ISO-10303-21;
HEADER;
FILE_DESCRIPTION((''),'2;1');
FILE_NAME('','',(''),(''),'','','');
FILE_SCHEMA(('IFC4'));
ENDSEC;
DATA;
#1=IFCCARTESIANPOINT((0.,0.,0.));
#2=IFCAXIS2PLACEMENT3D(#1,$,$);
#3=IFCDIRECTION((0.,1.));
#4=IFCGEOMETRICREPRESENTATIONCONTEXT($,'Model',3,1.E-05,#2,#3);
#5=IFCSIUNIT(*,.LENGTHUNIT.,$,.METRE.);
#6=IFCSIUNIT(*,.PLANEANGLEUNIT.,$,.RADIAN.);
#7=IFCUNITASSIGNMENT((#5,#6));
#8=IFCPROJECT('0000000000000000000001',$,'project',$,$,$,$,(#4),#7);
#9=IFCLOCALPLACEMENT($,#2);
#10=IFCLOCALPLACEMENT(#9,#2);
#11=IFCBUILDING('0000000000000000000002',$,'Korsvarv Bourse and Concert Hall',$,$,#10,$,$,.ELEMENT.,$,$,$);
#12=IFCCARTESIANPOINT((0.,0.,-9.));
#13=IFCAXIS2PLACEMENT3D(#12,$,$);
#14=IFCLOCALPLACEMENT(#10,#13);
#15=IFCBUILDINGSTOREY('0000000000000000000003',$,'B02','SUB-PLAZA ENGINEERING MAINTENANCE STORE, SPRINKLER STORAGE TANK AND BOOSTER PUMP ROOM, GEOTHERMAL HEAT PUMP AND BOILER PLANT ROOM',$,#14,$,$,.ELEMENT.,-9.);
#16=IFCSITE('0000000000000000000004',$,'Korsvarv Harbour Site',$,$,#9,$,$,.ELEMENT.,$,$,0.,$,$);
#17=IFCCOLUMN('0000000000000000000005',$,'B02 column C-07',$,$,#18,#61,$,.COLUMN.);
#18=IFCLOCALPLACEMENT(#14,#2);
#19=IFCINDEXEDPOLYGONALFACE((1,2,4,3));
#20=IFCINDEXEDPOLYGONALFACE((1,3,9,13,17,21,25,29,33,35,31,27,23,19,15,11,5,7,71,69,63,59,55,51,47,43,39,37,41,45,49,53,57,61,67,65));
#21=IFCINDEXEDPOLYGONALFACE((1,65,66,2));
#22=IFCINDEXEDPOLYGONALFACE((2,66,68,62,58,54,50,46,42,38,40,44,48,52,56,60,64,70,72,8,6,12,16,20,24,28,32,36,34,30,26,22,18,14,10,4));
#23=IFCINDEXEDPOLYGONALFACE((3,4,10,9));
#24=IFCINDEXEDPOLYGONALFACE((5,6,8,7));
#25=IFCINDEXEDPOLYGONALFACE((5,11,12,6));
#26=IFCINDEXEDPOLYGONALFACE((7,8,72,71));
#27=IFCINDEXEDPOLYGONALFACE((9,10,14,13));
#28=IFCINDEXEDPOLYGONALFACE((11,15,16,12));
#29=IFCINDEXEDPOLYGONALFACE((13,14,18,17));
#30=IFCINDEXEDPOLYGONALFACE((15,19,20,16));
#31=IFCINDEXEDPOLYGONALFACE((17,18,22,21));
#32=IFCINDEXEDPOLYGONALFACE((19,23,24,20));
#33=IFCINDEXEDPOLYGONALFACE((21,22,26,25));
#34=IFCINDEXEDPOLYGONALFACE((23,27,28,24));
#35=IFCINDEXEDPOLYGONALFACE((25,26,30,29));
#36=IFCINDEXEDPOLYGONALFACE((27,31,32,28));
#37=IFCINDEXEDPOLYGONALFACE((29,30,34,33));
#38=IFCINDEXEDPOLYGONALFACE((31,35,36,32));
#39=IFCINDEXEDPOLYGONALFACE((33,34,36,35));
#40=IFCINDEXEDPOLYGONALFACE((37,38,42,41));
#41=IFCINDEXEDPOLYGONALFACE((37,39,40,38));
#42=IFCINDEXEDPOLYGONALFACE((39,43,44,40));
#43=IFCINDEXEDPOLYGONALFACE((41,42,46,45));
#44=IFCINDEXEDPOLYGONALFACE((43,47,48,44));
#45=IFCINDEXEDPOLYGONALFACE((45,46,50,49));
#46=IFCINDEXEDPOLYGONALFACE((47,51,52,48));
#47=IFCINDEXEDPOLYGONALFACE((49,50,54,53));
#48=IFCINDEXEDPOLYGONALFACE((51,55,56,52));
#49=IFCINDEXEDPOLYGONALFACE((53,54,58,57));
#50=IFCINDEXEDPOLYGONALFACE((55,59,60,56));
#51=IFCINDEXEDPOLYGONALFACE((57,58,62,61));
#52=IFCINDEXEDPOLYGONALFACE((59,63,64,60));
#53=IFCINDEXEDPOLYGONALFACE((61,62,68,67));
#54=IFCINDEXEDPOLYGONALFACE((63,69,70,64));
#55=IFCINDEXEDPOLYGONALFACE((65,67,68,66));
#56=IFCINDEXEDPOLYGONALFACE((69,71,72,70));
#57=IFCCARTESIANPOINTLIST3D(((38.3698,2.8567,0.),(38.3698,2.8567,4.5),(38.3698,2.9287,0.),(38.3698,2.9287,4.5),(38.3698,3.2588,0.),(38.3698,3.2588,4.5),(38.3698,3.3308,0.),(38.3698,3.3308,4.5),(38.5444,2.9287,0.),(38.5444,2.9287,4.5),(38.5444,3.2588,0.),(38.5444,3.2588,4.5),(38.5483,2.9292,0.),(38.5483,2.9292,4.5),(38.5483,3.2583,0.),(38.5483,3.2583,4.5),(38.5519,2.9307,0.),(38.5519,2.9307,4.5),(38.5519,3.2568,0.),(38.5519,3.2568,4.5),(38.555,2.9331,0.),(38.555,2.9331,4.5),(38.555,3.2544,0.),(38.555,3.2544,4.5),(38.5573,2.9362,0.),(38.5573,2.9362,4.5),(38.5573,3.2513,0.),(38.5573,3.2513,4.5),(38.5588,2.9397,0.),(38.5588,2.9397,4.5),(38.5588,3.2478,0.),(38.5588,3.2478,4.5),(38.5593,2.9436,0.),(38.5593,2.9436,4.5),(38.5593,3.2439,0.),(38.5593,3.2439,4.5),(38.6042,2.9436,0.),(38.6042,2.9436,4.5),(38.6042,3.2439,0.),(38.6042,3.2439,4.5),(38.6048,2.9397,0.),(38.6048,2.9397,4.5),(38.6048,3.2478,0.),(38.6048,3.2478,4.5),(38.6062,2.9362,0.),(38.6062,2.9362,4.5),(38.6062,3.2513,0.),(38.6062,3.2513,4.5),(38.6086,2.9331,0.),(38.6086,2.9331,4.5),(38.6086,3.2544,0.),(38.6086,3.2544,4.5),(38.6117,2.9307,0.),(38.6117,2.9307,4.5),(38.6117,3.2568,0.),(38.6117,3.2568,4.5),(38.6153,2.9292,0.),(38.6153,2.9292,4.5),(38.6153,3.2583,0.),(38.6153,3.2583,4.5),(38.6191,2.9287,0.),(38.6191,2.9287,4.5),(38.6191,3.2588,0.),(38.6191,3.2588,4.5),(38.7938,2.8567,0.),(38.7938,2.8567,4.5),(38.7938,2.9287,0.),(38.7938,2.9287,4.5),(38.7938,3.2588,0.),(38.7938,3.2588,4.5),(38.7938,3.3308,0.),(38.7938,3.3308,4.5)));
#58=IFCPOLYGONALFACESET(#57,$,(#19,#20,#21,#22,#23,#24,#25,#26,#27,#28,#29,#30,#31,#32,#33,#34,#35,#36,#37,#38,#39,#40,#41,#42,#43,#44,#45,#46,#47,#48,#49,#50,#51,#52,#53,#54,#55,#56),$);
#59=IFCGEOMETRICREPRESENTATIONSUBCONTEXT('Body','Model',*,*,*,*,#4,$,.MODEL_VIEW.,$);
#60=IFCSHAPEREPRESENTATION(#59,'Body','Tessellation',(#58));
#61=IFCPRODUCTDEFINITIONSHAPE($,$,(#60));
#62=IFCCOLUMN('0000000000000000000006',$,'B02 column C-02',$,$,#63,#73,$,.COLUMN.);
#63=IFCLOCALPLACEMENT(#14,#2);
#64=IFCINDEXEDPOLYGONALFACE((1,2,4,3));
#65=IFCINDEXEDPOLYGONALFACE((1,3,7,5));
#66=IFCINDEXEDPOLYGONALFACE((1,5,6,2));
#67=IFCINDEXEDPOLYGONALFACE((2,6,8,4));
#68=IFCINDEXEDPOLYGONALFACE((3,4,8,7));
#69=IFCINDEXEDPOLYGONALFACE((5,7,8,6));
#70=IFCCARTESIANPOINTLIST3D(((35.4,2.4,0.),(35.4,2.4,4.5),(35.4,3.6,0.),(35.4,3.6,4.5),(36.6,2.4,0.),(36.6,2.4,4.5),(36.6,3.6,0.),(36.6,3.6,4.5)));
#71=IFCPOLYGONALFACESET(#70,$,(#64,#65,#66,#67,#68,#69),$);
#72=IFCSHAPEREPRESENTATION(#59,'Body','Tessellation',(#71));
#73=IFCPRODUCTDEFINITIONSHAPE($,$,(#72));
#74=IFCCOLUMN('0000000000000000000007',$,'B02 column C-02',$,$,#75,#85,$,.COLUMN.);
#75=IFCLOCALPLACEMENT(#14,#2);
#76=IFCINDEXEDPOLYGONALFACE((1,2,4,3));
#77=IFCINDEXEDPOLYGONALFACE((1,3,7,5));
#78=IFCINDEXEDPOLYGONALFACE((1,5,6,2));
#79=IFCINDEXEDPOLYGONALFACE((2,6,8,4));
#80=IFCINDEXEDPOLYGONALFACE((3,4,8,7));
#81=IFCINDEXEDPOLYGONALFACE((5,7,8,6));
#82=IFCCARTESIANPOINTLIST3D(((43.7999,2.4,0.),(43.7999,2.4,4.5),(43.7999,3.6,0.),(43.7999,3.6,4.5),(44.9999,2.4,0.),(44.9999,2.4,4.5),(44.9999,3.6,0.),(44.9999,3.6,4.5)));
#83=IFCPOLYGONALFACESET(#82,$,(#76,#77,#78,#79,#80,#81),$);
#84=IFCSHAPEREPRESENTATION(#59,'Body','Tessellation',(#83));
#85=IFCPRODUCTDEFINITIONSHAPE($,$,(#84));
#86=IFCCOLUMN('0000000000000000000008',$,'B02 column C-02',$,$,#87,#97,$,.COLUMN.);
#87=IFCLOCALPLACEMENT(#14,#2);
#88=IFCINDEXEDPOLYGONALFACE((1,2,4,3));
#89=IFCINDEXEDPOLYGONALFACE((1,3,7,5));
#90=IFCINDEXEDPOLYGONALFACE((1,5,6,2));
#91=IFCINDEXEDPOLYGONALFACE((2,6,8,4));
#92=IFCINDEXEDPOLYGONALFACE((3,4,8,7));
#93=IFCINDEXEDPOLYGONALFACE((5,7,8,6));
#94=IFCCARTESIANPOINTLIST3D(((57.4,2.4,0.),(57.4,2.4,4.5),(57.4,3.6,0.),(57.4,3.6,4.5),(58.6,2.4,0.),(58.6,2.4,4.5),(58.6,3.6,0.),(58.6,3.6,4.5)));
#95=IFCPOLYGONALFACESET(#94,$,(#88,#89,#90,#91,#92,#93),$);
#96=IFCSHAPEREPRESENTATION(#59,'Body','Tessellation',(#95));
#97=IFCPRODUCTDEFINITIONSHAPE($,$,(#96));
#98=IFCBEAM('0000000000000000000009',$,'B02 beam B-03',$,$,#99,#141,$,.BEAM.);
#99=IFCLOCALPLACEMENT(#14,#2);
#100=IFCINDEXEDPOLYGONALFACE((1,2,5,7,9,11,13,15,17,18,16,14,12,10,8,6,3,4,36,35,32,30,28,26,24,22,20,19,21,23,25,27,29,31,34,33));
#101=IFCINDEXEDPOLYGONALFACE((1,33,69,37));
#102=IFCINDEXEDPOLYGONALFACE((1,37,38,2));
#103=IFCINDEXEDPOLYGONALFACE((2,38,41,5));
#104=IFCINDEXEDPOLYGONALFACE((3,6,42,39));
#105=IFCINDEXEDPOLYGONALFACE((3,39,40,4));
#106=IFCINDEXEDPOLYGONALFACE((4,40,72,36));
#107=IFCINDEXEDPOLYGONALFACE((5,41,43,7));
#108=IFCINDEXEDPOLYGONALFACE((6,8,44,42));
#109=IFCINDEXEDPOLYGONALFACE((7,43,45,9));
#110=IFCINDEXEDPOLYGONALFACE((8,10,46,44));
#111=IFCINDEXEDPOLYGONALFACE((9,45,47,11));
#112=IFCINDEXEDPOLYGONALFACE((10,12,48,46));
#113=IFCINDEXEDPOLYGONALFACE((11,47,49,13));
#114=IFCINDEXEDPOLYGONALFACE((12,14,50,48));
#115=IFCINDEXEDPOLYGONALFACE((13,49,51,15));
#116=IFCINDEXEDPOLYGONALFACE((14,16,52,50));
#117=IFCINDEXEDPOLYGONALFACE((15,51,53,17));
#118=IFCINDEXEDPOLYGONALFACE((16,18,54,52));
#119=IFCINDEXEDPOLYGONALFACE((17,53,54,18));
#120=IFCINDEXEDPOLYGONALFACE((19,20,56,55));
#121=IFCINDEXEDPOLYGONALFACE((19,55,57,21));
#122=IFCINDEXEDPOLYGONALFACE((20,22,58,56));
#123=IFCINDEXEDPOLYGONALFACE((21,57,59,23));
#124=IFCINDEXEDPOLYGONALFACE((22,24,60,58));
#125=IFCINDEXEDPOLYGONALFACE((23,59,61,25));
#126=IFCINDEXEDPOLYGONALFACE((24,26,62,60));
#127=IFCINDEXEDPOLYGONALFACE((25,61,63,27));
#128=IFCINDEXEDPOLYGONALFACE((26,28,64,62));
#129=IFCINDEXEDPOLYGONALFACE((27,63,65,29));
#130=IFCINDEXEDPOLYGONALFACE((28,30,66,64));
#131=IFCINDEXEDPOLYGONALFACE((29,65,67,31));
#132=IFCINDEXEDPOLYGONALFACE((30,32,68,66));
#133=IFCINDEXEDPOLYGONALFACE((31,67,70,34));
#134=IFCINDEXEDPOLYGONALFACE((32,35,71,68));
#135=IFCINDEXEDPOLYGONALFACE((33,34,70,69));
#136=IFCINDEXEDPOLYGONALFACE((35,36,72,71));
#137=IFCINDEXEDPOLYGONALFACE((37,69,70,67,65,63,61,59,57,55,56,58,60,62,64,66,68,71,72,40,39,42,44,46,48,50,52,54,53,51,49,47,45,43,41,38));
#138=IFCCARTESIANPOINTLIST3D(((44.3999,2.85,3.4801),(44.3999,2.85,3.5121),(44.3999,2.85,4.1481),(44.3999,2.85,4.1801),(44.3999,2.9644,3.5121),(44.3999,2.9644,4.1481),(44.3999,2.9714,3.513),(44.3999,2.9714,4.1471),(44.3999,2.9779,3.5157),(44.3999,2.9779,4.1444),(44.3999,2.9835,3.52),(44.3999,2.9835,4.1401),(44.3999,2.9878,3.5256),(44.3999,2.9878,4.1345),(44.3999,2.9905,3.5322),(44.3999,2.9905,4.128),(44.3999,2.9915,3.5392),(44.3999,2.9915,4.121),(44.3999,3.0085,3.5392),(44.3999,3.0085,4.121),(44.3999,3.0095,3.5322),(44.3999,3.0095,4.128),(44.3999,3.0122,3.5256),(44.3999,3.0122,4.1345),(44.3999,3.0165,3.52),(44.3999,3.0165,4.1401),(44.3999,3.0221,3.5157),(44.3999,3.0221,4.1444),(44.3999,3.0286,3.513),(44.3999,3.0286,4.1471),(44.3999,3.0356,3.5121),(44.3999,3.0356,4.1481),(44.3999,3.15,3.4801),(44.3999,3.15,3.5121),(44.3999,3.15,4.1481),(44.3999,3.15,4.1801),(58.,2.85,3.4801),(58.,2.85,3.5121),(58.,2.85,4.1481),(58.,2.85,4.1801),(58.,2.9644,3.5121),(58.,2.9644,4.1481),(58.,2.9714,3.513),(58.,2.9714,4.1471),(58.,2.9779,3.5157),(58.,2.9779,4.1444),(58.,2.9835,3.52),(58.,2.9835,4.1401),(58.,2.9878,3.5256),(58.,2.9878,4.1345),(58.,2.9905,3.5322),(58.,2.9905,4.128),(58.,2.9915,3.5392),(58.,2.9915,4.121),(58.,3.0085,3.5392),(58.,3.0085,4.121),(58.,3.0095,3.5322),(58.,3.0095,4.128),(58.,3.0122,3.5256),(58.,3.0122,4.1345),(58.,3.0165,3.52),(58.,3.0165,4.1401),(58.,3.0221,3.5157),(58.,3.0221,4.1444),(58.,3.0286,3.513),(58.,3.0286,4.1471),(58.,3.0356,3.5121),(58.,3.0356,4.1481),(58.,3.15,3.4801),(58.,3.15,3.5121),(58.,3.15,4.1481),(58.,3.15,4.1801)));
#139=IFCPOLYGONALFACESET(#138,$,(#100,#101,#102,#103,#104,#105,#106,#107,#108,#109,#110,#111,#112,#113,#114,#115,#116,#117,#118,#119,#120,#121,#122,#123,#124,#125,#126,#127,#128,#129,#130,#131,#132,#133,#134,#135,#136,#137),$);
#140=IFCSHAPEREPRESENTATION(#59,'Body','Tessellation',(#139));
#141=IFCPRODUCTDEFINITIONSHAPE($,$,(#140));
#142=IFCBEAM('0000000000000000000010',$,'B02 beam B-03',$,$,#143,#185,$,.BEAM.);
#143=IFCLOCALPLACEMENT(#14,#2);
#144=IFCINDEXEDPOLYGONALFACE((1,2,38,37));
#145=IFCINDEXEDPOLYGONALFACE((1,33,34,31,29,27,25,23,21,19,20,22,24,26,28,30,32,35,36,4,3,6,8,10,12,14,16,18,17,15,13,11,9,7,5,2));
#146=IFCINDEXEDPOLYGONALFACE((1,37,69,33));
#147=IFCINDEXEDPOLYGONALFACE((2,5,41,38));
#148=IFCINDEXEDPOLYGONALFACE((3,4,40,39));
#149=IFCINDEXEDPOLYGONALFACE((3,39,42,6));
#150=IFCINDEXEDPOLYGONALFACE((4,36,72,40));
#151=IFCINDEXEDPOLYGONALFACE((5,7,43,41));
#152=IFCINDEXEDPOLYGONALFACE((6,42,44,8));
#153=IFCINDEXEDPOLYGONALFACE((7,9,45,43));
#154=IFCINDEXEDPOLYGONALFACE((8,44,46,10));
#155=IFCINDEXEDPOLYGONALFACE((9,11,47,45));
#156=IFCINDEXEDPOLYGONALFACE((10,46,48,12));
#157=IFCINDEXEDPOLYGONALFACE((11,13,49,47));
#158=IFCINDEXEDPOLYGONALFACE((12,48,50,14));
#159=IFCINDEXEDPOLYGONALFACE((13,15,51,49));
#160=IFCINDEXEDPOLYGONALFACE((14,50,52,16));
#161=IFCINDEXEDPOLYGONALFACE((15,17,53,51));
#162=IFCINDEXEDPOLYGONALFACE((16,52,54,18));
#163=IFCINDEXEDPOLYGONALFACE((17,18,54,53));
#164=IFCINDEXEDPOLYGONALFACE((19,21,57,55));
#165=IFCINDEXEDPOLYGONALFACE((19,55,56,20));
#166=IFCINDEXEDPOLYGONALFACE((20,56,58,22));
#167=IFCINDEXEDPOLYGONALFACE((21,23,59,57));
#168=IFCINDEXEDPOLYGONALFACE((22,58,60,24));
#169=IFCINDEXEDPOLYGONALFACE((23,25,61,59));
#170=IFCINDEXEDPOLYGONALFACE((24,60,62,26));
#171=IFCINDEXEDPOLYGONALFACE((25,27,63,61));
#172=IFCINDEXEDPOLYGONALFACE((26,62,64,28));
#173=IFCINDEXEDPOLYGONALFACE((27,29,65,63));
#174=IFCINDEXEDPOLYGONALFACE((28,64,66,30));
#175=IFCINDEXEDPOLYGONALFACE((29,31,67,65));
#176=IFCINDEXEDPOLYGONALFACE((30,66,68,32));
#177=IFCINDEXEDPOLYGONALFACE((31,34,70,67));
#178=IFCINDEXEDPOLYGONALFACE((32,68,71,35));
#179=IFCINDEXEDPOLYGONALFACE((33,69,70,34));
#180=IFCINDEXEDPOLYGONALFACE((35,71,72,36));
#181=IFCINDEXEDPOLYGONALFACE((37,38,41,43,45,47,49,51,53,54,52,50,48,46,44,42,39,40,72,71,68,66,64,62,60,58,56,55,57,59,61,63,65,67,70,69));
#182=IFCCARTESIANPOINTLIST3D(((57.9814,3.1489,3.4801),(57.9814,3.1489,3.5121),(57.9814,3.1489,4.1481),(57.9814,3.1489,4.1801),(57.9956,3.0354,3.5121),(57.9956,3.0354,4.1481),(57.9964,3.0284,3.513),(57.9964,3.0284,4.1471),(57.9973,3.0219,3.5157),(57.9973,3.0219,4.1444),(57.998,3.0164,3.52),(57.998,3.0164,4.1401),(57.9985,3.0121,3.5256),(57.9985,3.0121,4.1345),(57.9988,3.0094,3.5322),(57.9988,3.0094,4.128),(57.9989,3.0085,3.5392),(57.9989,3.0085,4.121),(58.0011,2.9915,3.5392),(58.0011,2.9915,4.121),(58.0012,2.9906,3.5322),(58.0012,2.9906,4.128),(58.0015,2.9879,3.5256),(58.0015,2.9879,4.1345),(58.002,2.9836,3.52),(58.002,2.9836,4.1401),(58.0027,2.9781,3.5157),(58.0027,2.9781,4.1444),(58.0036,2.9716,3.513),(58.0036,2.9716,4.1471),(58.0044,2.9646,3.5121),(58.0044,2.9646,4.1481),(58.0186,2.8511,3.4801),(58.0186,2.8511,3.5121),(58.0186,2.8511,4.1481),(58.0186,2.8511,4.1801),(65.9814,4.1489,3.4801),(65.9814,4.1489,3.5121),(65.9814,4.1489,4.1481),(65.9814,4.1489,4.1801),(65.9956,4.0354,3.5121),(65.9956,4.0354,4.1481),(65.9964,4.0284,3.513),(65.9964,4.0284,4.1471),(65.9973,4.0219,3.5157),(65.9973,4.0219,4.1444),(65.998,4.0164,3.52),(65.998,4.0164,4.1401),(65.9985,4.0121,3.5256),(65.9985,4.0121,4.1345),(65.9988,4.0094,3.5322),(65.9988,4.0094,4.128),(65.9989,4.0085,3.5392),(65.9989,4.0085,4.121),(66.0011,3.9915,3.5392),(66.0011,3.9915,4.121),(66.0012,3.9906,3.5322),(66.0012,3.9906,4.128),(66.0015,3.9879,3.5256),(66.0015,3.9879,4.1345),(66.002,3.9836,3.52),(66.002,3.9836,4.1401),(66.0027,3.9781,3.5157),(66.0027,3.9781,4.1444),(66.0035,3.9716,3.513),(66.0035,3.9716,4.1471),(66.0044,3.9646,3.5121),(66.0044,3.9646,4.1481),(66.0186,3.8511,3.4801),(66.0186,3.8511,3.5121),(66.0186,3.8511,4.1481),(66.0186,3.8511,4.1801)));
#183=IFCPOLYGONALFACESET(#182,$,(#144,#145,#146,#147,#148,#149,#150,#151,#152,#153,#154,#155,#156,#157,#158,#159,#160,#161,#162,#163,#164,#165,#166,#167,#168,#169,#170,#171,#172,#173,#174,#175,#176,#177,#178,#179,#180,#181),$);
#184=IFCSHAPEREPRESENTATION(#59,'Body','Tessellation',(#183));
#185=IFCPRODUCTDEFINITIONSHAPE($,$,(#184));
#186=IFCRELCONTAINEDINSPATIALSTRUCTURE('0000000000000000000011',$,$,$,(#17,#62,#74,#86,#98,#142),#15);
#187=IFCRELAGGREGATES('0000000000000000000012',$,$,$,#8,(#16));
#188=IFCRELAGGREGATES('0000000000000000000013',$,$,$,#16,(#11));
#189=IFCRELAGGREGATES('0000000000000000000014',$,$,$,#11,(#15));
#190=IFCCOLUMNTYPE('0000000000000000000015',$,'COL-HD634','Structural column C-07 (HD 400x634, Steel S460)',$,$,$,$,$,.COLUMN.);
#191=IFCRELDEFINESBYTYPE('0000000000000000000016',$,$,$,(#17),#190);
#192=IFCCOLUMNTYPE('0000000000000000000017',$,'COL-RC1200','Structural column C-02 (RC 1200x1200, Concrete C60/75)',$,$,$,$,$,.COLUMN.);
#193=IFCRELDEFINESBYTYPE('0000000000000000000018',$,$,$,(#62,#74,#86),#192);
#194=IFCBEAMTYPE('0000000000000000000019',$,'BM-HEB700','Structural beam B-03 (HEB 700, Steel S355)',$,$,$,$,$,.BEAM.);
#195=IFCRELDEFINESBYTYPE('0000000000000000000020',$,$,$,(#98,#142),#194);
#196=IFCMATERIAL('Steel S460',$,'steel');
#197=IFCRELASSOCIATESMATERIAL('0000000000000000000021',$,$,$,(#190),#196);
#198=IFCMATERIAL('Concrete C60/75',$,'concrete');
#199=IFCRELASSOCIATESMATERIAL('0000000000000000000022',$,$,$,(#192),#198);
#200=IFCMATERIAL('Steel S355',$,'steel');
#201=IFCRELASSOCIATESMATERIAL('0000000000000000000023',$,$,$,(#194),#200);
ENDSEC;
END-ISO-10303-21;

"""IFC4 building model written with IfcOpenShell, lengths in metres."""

from ifc_helpers import new_model, si_unit, direction, frame, origin, origin_2d, place, context, subcontext, project, spatial, rectangle, i_section, extrude, source, transform, mapped, material, material_profile, profile_set, type_object, element, save


model = new_model("IFC4")

# Units and contexts
model_context = context("Model", 3, precision=1e-05, world=origin(), true_north=direction((0.0, 1.0)))
body_context = subcontext(model_context, "Body", "Model", "MODEL_VIEW")
ifc_project = project(units=[si_unit("LENGTHUNIT", "METRE"), si_unit("PLANEANGLEUNIT", "RADIAN")], contexts=[model_context])

# Site, building, storey
site_placement = place(None, origin())
site = spatial("IfcSite", under=ifc_project, at=site_placement, Name="Korsvarv Harbour Site", CompositionType="ELEMENT", RefElevation=0.0)
building_placement = place(site_placement, origin())
building = spatial("IfcBuilding", under=site, at=building_placement, Name="Korsvarv Bourse and Concert Hall", CompositionType="ELEMENT")
storey_placement = place(building_placement, frame((0.0, 0.0, -9.0)))
storey = spatial("IfcBuildingStorey", under=building, at=storey_placement, Name="B02", Description="SUB-PLAZA ENGINEERING MAINTENANCE STORE, SPRINKLER STORAGE TANK AND BOOSTER PUMP ROOM, GEOTHERMAL HEAT PUMP AND BOILER PLANT ROOM", CompositionType="ELEMENT", Elevation=-9.0)

# Columns
ifc_material_1 = material(Name="Steel S460", Category="steel")
ifc_material_profile_1 = material_profile(ifc_material_1, i_section(OverallWidth=0.4241, OverallDepth=0.4741, WebThickness=0.0449, FlangeThickness=0.072, FilletRadius=0.0149, at=origin_2d()), Name="HD 400x634")
ifc_profile_set_1 = profile_set([ifc_material_profile_1], Name="Steel S460")
column_type_1 = type_object("IfcColumnType", Name="COL-HD634", Description="Structural column C-07 (HD 400x634, Steel S460)", PredefinedType="COLUMN", material=ifc_profile_set_1)
shared_shape_1 = source(origin(), body_context, "Body", "SweptSolid", [
    extrude(i_section(OverallWidth=0.4241, OverallDepth=0.4741, WebThickness=0.0449, FlangeThickness=0.072, FilletRadius=0.0149, at=origin_2d()), origin(), (0.0, 0.0, 1.0), 4.5),
])
for number, where, z_axis, x_axis, name in (
    (1, (38.5818, 3.0938, 0.0), (0.0, 0.0, 1.0), (1.0, 0.0, 0.0), "B02 column C-07"),
):
    element("IfcColumn", number, at=place(storey_placement, frame(where, z_axis=z_axis, x_axis=x_axis)), inside=storey, type_object=column_type_1, Name=name, PredefinedType="COLUMN", context=body_context, shape_type="MappedRepresentation", body=[
        mapped(shared_shape_1, transform((0.0, 0.0, 0.0), scale=1.0)),
    ])
ifc_material_2 = material(Name="Concrete C60/75", Category="concrete")
ifc_material_profile_2 = material_profile(ifc_material_2, rectangle(XDim=1.2, YDim=1.2, at=origin_2d()), Name="RC 1200x1200")
ifc_profile_set_2 = profile_set([ifc_material_profile_2], Name="Concrete C60/75")
column_type_2 = type_object("IfcColumnType", Name="COL-RC1200", Description="Structural column C-02 (RC 1200x1200, Concrete C60/75)", PredefinedType="COLUMN", material=ifc_profile_set_2)
shared_shape_2 = source(origin(), body_context, "Body", "SweptSolid", [
    extrude(rectangle(XDim=1.2, YDim=1.2, at=origin_2d()), origin(), (0.0, 0.0, 1.0), 4.5),
])
for number, where, z_axis, x_axis, name in (
    (2, (36.0, 3.0, 0.0), (0.0, 0.0, 1.0), (1.0, 0.0, 0.0), "B02 column C-02"),
    (3, (44.3999, 3.0, 0.0), (0.0, 0.0, 1.0), (1.0, 0.0, 0.0), "B02 column C-02"),
    (4, (58.0, 3.0, 0.0), (0.0, 0.0, 1.0), (1.0, 0.0, 0.0), "B02 column C-02"),
):
    element("IfcColumn", number, at=place(storey_placement, frame(where, z_axis=z_axis, x_axis=x_axis)), inside=storey, type_object=column_type_2, Name=name, PredefinedType="COLUMN", context=body_context, shape_type="MappedRepresentation", body=[
        mapped(shared_shape_2, transform((0.0, 0.0, 0.0), scale=1.0)),
    ])

# Beams
ifc_material_3 = material(Name="Steel S355", Category="steel")
ifc_material_profile_3 = material_profile(ifc_material_3, i_section(OverallWidth=0.3, OverallDepth=0.7, WebThickness=0.0171, FlangeThickness=0.032, FilletRadius=0.0271, at=origin_2d()), Name="HEB 700")
ifc_profile_set_3 = profile_set([ifc_material_profile_3], Name="Steel S355")
beam_type_1 = type_object("IfcBeamType", Name="BM-HEB700", Description="Structural beam B-03 (HEB 700, Steel S355)", PredefinedType="BEAM", material=ifc_profile_set_3)
shared_shape_3 = source(origin(), body_context, "Body", "SweptSolid", [
    extrude(i_section(OverallWidth=0.3, OverallDepth=0.7, WebThickness=0.0171, FlangeThickness=0.032, FilletRadius=0.0271, at=origin_2d()), origin(), (0.0, 0.0, 1.0), 13.6001),
])
beam_1_placement = place(storey_placement, frame((44.3999, 3.0, 3.8301), z_axis=(1.0, 0.0, 0.0), x_axis=(0.0, 1.0, 0.0)))
element("IfcBeam", 5, at=beam_1_placement, inside=storey, type_object=beam_type_1, Name="B02 beam B-03", PredefinedType="BEAM", context=body_context, shape_type="MappedRepresentation", body=[
    mapped(shared_shape_3, transform((0.0, 0.0, 0.0), scale=1.0)),
])
shared_shape_4 = source(origin(), body_context, "Body", "SweptSolid", [
    extrude(i_section(OverallWidth=0.3, OverallDepth=0.7, WebThickness=0.0171, FlangeThickness=0.032, FilletRadius=0.0271, at=origin_2d()), origin(), (0.0, 0.0, 1.0), 8.0623),
])
beam_2_placement = place(storey_placement, frame((58.0, 3.0, 3.8301), z_axis=(0.992278, 0.124035, 0.0), x_axis=(-0.124035, 0.992278, 0.0)))
element("IfcBeam", 6, at=beam_2_placement, inside=storey, type_object=beam_type_1, Name="B02 beam B-03", PredefinedType="BEAM", context=body_context, shape_type="MappedRepresentation", body=[
    mapped(shared_shape_4, transform((0.0, 0.0, 0.0), scale=1.0)),
])

save(model, "model.ifc")
